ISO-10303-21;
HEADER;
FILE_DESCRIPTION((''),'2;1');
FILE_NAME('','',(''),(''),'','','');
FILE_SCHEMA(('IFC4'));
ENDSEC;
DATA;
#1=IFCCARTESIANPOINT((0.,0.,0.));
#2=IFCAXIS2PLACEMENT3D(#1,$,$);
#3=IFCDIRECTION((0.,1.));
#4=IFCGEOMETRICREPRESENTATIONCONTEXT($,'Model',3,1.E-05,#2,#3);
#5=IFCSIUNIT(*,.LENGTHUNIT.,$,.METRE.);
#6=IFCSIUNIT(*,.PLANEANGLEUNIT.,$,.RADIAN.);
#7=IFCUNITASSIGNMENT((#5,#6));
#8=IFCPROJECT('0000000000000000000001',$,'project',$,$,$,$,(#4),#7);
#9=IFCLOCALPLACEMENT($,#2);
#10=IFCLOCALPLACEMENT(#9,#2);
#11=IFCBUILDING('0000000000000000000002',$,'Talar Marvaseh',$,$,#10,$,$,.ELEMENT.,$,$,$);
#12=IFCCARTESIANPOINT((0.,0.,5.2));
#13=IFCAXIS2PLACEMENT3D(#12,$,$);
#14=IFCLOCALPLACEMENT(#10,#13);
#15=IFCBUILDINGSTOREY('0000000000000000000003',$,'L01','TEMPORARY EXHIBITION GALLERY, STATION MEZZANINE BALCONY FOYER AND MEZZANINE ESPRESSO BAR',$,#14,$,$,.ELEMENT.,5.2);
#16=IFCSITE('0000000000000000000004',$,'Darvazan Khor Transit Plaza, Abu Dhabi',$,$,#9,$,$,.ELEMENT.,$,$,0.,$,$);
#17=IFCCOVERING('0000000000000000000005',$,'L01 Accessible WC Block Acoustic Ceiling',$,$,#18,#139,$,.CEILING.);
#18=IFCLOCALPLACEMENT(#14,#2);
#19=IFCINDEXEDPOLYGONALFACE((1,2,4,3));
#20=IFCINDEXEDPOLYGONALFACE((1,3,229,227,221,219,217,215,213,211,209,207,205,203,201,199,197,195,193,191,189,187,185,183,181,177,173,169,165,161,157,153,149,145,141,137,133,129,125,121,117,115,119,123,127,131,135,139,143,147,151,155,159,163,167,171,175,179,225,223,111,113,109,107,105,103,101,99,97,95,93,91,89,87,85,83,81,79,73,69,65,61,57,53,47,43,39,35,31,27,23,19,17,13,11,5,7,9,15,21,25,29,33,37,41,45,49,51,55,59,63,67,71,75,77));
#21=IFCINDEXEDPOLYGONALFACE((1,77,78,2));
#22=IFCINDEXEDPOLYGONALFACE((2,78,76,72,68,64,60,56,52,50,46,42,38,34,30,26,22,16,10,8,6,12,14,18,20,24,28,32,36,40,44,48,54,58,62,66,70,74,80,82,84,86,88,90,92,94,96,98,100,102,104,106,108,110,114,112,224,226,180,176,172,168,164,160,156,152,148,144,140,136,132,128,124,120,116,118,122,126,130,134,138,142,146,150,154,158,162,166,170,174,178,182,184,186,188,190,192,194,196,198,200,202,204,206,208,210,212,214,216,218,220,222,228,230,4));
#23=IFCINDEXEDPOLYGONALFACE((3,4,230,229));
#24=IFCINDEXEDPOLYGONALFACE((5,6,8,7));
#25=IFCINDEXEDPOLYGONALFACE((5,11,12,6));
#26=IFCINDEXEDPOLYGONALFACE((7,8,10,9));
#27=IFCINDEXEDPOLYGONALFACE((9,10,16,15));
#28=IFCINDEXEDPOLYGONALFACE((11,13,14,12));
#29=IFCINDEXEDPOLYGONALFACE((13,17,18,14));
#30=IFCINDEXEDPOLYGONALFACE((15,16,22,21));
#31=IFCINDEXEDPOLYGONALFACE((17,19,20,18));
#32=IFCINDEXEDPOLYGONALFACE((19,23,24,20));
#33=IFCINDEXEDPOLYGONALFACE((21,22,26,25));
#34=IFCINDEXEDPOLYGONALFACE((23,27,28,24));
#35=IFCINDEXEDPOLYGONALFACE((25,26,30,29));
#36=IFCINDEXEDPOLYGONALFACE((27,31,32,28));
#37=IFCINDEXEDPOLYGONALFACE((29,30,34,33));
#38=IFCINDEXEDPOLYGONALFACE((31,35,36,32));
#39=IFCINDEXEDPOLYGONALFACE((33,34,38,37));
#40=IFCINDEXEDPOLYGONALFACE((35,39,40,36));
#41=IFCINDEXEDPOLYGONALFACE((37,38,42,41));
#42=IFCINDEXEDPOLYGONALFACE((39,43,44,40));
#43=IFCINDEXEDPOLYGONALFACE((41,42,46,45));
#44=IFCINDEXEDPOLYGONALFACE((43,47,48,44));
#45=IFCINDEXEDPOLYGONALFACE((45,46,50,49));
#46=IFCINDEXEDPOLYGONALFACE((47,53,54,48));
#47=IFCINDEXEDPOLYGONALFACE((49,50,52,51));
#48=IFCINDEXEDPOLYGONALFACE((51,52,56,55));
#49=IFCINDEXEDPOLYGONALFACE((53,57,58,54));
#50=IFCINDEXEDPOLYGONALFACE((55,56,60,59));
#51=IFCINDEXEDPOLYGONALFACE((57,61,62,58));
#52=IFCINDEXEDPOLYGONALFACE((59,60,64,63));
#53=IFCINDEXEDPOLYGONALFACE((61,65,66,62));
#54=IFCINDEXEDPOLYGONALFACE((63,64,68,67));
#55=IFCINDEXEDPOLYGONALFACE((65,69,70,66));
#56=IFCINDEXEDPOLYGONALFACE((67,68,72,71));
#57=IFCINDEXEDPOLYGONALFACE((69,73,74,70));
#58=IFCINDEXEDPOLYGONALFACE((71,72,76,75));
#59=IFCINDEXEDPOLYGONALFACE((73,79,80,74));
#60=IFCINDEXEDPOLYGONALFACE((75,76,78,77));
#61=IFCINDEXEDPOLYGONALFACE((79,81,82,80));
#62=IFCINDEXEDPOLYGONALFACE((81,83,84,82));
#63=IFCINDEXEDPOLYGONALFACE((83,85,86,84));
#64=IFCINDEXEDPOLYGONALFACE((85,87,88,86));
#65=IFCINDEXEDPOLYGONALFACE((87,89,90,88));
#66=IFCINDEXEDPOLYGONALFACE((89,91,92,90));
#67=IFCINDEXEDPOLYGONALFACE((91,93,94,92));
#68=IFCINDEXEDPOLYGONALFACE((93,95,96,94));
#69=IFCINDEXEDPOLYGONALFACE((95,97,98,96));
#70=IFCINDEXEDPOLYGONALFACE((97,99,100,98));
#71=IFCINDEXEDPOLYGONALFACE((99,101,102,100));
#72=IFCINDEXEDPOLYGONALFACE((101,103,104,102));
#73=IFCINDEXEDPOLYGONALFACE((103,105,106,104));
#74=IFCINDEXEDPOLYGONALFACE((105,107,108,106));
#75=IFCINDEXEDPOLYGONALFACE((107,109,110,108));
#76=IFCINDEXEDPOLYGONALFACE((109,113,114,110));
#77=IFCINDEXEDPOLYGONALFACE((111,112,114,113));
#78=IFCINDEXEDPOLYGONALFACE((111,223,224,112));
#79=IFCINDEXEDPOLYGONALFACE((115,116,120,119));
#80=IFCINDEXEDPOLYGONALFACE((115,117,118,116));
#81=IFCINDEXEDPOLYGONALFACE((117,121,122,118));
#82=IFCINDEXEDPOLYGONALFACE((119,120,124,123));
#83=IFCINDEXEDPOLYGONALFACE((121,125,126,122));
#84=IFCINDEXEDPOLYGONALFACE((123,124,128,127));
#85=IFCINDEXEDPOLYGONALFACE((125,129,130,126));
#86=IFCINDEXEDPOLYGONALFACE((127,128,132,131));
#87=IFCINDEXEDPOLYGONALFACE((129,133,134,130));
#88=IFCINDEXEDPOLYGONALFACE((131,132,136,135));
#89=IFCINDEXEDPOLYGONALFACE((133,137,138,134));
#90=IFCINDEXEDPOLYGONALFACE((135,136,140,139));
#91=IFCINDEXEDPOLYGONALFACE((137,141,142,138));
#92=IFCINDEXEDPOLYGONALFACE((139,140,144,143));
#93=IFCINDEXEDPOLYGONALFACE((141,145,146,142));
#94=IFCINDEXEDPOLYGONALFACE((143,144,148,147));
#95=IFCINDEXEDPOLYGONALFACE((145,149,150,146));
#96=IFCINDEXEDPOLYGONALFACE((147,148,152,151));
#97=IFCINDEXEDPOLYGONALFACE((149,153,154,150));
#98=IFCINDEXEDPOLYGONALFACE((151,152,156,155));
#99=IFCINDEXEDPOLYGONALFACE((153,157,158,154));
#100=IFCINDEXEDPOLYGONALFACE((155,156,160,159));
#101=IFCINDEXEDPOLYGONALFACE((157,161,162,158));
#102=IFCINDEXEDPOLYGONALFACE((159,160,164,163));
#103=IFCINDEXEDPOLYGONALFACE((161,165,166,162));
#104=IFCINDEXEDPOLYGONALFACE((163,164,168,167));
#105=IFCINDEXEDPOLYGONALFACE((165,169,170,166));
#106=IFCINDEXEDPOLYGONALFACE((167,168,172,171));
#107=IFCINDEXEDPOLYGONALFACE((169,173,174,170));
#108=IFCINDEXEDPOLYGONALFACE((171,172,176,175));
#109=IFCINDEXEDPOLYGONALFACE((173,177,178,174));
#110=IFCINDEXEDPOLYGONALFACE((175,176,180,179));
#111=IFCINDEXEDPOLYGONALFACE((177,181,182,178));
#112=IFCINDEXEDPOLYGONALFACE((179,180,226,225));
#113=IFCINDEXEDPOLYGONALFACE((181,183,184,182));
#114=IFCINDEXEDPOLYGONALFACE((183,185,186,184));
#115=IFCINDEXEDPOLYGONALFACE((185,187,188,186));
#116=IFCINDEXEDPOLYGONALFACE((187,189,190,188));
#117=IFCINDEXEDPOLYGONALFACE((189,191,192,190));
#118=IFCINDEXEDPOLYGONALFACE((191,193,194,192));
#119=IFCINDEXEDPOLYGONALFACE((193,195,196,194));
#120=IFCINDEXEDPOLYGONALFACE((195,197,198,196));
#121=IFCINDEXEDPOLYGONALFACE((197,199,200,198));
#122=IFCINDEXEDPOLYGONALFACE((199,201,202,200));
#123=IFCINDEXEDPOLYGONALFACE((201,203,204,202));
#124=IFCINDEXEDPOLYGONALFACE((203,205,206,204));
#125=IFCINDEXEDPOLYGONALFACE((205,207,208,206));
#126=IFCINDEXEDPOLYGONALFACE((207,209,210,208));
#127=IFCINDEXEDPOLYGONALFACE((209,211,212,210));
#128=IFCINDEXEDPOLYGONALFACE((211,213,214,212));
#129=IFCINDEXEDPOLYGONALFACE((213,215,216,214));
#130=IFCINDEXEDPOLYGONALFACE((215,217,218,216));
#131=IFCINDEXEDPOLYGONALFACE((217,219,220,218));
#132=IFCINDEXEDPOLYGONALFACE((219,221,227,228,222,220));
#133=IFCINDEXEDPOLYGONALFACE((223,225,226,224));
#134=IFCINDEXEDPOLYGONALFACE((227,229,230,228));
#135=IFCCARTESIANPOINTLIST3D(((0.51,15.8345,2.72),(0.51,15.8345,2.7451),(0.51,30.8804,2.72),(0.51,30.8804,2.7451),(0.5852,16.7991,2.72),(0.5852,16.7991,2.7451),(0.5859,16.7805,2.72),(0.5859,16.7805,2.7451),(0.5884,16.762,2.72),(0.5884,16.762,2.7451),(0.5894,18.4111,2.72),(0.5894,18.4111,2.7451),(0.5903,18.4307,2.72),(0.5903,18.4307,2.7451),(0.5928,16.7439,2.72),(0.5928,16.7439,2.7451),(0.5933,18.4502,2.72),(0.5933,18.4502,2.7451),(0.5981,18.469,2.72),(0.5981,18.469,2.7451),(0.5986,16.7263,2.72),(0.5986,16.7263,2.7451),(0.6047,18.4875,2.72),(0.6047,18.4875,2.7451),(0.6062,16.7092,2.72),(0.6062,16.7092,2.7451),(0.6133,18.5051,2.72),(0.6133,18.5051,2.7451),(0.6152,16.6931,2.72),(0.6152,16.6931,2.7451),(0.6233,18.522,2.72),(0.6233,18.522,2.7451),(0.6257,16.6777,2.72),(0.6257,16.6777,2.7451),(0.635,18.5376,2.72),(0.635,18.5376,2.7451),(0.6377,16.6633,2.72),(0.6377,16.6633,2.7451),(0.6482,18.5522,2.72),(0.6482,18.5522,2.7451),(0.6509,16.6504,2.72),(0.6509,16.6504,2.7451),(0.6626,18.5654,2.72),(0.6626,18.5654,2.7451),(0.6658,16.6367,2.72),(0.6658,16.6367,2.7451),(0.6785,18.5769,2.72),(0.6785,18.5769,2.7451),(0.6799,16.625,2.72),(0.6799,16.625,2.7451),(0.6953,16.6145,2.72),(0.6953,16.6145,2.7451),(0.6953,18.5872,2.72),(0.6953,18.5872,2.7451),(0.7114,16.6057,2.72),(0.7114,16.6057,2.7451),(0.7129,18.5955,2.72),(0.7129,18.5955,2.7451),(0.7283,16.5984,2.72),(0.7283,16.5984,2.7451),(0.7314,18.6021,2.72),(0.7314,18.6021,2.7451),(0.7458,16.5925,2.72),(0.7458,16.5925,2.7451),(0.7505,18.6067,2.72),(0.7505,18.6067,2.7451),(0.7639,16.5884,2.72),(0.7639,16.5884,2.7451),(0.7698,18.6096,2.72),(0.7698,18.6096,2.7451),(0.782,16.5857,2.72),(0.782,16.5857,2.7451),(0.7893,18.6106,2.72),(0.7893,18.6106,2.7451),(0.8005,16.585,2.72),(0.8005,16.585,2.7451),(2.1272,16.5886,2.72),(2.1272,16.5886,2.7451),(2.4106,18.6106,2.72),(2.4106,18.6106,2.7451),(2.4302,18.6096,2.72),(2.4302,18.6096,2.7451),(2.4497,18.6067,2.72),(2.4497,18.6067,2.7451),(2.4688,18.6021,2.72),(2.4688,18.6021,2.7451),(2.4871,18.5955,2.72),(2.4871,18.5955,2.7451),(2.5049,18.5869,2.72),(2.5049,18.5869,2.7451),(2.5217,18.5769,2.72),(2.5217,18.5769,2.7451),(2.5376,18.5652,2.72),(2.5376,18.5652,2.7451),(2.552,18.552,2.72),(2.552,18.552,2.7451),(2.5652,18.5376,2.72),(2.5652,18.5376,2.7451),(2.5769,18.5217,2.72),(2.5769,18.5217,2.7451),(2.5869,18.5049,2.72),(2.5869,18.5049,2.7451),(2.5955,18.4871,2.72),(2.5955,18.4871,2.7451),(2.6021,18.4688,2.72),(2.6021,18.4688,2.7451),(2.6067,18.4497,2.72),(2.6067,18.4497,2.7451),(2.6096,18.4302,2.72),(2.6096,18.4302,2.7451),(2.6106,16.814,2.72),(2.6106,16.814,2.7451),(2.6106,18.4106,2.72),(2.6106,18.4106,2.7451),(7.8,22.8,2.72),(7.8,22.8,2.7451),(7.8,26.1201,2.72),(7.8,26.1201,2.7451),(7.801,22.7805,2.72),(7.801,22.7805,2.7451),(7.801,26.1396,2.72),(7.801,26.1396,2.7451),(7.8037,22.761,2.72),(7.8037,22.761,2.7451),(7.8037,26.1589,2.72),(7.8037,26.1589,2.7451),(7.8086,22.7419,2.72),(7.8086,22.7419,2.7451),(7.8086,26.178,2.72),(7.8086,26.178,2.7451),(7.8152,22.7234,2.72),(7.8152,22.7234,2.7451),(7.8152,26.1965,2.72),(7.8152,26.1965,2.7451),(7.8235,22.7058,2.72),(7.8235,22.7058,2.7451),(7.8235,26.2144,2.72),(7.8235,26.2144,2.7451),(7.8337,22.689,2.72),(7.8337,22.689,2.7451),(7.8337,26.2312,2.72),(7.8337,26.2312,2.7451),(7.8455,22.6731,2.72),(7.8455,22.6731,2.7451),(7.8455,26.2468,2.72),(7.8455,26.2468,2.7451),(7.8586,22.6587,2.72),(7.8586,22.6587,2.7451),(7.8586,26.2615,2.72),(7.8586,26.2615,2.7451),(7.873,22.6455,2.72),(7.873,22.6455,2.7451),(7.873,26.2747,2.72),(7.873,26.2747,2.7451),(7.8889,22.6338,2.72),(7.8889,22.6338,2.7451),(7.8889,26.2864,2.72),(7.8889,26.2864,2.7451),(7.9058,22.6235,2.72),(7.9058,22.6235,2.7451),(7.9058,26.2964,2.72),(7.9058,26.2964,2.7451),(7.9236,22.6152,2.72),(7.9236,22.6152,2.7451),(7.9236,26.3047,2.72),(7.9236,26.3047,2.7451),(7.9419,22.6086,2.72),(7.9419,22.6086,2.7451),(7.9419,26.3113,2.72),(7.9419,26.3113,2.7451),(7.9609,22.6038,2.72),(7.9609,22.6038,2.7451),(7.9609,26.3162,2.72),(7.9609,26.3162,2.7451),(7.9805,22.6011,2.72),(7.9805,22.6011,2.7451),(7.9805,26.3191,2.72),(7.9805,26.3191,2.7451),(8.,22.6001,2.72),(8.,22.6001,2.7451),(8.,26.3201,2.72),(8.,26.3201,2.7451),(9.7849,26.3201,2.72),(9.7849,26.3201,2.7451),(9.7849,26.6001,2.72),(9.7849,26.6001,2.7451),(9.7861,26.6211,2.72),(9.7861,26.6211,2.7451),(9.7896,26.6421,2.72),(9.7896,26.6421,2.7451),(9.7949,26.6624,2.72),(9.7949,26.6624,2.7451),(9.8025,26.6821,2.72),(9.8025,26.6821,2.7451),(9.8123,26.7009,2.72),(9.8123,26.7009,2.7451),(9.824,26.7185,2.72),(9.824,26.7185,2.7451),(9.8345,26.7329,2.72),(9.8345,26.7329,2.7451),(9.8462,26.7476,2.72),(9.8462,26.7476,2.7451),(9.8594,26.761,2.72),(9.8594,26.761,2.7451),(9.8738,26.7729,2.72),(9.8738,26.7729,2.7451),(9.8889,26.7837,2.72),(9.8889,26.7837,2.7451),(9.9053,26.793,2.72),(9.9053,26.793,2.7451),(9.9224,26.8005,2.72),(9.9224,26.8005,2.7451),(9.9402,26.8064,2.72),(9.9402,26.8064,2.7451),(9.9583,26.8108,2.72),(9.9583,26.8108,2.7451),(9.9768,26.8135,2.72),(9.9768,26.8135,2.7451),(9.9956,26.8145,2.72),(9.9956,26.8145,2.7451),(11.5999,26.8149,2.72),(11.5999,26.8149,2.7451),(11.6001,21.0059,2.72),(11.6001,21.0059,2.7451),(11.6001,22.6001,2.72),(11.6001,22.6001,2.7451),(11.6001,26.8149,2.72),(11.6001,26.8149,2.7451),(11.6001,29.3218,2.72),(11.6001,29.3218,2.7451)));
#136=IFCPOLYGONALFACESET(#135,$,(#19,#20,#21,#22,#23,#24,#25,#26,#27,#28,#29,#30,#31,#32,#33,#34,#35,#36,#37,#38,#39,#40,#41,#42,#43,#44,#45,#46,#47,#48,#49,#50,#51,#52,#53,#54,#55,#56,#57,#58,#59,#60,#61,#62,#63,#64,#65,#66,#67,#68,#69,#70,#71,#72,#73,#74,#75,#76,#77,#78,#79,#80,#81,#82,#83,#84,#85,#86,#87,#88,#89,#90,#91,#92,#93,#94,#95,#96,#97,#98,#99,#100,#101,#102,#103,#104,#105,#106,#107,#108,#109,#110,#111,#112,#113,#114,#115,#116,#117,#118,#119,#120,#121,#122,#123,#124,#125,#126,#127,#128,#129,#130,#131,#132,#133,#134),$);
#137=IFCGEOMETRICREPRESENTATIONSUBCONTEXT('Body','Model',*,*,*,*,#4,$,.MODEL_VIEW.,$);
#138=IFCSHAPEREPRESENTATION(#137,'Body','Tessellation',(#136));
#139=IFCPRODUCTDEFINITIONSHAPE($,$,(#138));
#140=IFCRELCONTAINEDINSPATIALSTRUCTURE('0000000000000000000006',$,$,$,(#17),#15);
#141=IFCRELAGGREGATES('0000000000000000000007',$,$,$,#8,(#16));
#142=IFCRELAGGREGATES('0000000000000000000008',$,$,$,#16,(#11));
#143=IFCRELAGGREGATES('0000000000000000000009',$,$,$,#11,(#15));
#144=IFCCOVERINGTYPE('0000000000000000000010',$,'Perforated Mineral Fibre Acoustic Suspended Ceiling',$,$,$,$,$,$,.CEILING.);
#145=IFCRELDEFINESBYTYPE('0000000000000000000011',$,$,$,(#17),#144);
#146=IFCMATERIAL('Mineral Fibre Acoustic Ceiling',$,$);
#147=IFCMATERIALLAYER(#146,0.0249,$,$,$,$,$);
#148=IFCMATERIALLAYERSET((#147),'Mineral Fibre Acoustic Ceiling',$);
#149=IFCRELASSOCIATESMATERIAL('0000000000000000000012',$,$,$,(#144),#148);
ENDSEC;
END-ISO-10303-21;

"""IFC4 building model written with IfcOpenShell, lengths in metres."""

from ifc_helpers import new_model, si_unit, direction, frame, origin, place, context, subcontext, project, spatial, polyline, outline, extrude, material, layer, layer_set, type_object, element, save


model = new_model("IFC4")

# Units and contexts
model_context = context("Model", 3, precision=1e-05, world=origin(), true_north=direction((0.0, 1.0)))
body_context = subcontext(model_context, "Body", "Model", "MODEL_VIEW")
ifc_project = project(units=[si_unit("LENGTHUNIT", "METRE"), si_unit("PLANEANGLEUNIT", "RADIAN")], contexts=[model_context])

# Site, building, storey
site_placement = place(None, origin())
site = spatial("IfcSite", under=ifc_project, at=site_placement, Name="Darvazan Khor Transit Plaza, Abu Dhabi", CompositionType="ELEMENT", RefElevation=0.0)
building_placement = place(site_placement, origin())
building = spatial("IfcBuilding", under=site, at=building_placement, Name="Talar Marvaseh", CompositionType="ELEMENT")
storey_placement = place(building_placement, frame((0.0, 0.0, 5.2)))
storey = spatial("IfcBuildingStorey", under=building, at=storey_placement, Name="L01", Description="TEMPORARY EXHIBITION GALLERY, STATION MEZZANINE BALCONY FOYER AND MEZZANINE ESPRESSO BAR", CompositionType="ELEMENT", Elevation=5.2)

# Covering
ifc_material_1 = material(Name="Mineral Fibre Acoustic Ceiling")
ifc_layer_1 = layer(ifc_material_1, 0.0249)
ifc_layer_set_1 = layer_set([ifc_layer_1], Name="Mineral Fibre Acoustic Ceiling")
covering_type_1 = type_object("IfcCoveringType", Name="Perforated Mineral Fibre Acoustic Suspended Ceiling", PredefinedType="CEILING", material=ifc_layer_set_1)
covering_1_placement = place(storey_placement, frame((0.0, 0.0, 2.72)))
element("IfcCovering", 1, at=covering_1_placement, inside=storey, type_object=covering_type_1, Name="L01 Accessible WC Block Acoustic Ceiling", PredefinedType="CEILING", context=body_context, shape_type="SweptSolid", body=[
    extrude(outline(polyline([(0.6953, 16.6145), (0.7114, 16.6057), (0.7283, 16.5984), (0.7458, 16.5925), (0.7639, 16.5884), (0.782, 16.5857), (0.8005, 16.585), (2.1272, 16.5886), (0.51, 15.8345), (0.51, 30.8804), (11.6001, 29.3218), (11.6001, 26.8149), (11.5999, 26.8149), (9.9956, 26.8145), (9.9768, 26.8135), (9.9583, 26.8108), (9.9402, 26.8064), (9.9224, 26.8005), (9.9053, 26.793), (9.8889, 26.7837), (9.8738, 26.7729), (9.8594, 26.761), (9.8462, 26.7476), (9.8345, 26.7329), (9.824, 26.7185), (9.8123, 26.7009), (9.8025, 26.6821), (9.7949, 26.6624), (9.7896, 26.6421), (9.7861, 26.6211), (9.7849, 26.6001), (9.7849, 26.3201), (8.0, 26.3201), (7.9805, 26.3191), (7.9609, 26.3162), (7.9419, 26.3113), (7.9236, 26.3047), (7.9058, 26.2964), (7.8889, 26.2864), (7.873, 26.2747), (7.8586, 26.2615), (7.8455, 26.2468), (7.8337, 26.2312), (7.8235, 26.2144), (7.8152, 26.1965), (7.8086, 26.178), (7.8037, 26.1589), (7.801, 26.1396), (7.8, 26.1201), (7.8, 22.8), (7.801, 22.7805), (7.8037, 22.761), (7.8086, 22.7419), (7.8152, 22.7234), (7.8235, 22.7058), (7.8337, 22.689), (7.8455, 22.6731), (7.8586, 22.6587), (7.873, 22.6455), (7.8889, 22.6338), (7.9058, 22.6235), (7.9236, 22.6152), (7.9419, 22.6086), (7.9609, 22.6038), (7.9805, 22.6011), (8.0, 22.6001), (11.6001, 22.6001), (11.6001, 21.0059), (2.6106, 16.814), (2.6106, 18.4106), (2.6096, 18.4302), (2.6067, 18.4497), (2.6021, 18.4688), (2.5955, 18.4871), (2.5869, 18.5049), (2.5769, 18.5217), (2.5652, 18.5376), (2.552, 18.552), (2.5376, 18.5652), (2.5217, 18.5769), (2.5049, 18.5869), (2.4871, 18.5955), (2.4688, 18.6021), (2.4497, 18.6067), (2.4302, 18.6096), (2.4106, 18.6106), (0.7893, 18.6106), (0.7698, 18.6096), (0.7505, 18.6067), (0.7314, 18.6021), (0.7129, 18.5955), (0.6953, 18.5872), (0.6785, 18.5769), (0.6626, 18.5654), (0.6482, 18.5522), (0.635, 18.5376), (0.6233, 18.522), (0.6133, 18.5051), (0.6047, 18.4875), (0.5981, 18.469), (0.5933, 18.4502), (0.5903, 18.4307), (0.5894, 18.4111), (0.5852, 16.7991), (0.5859, 16.7805), (0.5884, 16.762), (0.5928, 16.7439), (0.5986, 16.7263), (0.6062, 16.7092), (0.6152, 16.6931), (0.6257, 16.6777), (0.6377, 16.6633), (0.6509, 16.6504), (0.6658, 16.6367), (0.6799, 16.625), (0.6953, 16.6145)])), origin(), (0.0, 0.0, 1.0), 0.0251),
])

save(model, "model.ifc")
